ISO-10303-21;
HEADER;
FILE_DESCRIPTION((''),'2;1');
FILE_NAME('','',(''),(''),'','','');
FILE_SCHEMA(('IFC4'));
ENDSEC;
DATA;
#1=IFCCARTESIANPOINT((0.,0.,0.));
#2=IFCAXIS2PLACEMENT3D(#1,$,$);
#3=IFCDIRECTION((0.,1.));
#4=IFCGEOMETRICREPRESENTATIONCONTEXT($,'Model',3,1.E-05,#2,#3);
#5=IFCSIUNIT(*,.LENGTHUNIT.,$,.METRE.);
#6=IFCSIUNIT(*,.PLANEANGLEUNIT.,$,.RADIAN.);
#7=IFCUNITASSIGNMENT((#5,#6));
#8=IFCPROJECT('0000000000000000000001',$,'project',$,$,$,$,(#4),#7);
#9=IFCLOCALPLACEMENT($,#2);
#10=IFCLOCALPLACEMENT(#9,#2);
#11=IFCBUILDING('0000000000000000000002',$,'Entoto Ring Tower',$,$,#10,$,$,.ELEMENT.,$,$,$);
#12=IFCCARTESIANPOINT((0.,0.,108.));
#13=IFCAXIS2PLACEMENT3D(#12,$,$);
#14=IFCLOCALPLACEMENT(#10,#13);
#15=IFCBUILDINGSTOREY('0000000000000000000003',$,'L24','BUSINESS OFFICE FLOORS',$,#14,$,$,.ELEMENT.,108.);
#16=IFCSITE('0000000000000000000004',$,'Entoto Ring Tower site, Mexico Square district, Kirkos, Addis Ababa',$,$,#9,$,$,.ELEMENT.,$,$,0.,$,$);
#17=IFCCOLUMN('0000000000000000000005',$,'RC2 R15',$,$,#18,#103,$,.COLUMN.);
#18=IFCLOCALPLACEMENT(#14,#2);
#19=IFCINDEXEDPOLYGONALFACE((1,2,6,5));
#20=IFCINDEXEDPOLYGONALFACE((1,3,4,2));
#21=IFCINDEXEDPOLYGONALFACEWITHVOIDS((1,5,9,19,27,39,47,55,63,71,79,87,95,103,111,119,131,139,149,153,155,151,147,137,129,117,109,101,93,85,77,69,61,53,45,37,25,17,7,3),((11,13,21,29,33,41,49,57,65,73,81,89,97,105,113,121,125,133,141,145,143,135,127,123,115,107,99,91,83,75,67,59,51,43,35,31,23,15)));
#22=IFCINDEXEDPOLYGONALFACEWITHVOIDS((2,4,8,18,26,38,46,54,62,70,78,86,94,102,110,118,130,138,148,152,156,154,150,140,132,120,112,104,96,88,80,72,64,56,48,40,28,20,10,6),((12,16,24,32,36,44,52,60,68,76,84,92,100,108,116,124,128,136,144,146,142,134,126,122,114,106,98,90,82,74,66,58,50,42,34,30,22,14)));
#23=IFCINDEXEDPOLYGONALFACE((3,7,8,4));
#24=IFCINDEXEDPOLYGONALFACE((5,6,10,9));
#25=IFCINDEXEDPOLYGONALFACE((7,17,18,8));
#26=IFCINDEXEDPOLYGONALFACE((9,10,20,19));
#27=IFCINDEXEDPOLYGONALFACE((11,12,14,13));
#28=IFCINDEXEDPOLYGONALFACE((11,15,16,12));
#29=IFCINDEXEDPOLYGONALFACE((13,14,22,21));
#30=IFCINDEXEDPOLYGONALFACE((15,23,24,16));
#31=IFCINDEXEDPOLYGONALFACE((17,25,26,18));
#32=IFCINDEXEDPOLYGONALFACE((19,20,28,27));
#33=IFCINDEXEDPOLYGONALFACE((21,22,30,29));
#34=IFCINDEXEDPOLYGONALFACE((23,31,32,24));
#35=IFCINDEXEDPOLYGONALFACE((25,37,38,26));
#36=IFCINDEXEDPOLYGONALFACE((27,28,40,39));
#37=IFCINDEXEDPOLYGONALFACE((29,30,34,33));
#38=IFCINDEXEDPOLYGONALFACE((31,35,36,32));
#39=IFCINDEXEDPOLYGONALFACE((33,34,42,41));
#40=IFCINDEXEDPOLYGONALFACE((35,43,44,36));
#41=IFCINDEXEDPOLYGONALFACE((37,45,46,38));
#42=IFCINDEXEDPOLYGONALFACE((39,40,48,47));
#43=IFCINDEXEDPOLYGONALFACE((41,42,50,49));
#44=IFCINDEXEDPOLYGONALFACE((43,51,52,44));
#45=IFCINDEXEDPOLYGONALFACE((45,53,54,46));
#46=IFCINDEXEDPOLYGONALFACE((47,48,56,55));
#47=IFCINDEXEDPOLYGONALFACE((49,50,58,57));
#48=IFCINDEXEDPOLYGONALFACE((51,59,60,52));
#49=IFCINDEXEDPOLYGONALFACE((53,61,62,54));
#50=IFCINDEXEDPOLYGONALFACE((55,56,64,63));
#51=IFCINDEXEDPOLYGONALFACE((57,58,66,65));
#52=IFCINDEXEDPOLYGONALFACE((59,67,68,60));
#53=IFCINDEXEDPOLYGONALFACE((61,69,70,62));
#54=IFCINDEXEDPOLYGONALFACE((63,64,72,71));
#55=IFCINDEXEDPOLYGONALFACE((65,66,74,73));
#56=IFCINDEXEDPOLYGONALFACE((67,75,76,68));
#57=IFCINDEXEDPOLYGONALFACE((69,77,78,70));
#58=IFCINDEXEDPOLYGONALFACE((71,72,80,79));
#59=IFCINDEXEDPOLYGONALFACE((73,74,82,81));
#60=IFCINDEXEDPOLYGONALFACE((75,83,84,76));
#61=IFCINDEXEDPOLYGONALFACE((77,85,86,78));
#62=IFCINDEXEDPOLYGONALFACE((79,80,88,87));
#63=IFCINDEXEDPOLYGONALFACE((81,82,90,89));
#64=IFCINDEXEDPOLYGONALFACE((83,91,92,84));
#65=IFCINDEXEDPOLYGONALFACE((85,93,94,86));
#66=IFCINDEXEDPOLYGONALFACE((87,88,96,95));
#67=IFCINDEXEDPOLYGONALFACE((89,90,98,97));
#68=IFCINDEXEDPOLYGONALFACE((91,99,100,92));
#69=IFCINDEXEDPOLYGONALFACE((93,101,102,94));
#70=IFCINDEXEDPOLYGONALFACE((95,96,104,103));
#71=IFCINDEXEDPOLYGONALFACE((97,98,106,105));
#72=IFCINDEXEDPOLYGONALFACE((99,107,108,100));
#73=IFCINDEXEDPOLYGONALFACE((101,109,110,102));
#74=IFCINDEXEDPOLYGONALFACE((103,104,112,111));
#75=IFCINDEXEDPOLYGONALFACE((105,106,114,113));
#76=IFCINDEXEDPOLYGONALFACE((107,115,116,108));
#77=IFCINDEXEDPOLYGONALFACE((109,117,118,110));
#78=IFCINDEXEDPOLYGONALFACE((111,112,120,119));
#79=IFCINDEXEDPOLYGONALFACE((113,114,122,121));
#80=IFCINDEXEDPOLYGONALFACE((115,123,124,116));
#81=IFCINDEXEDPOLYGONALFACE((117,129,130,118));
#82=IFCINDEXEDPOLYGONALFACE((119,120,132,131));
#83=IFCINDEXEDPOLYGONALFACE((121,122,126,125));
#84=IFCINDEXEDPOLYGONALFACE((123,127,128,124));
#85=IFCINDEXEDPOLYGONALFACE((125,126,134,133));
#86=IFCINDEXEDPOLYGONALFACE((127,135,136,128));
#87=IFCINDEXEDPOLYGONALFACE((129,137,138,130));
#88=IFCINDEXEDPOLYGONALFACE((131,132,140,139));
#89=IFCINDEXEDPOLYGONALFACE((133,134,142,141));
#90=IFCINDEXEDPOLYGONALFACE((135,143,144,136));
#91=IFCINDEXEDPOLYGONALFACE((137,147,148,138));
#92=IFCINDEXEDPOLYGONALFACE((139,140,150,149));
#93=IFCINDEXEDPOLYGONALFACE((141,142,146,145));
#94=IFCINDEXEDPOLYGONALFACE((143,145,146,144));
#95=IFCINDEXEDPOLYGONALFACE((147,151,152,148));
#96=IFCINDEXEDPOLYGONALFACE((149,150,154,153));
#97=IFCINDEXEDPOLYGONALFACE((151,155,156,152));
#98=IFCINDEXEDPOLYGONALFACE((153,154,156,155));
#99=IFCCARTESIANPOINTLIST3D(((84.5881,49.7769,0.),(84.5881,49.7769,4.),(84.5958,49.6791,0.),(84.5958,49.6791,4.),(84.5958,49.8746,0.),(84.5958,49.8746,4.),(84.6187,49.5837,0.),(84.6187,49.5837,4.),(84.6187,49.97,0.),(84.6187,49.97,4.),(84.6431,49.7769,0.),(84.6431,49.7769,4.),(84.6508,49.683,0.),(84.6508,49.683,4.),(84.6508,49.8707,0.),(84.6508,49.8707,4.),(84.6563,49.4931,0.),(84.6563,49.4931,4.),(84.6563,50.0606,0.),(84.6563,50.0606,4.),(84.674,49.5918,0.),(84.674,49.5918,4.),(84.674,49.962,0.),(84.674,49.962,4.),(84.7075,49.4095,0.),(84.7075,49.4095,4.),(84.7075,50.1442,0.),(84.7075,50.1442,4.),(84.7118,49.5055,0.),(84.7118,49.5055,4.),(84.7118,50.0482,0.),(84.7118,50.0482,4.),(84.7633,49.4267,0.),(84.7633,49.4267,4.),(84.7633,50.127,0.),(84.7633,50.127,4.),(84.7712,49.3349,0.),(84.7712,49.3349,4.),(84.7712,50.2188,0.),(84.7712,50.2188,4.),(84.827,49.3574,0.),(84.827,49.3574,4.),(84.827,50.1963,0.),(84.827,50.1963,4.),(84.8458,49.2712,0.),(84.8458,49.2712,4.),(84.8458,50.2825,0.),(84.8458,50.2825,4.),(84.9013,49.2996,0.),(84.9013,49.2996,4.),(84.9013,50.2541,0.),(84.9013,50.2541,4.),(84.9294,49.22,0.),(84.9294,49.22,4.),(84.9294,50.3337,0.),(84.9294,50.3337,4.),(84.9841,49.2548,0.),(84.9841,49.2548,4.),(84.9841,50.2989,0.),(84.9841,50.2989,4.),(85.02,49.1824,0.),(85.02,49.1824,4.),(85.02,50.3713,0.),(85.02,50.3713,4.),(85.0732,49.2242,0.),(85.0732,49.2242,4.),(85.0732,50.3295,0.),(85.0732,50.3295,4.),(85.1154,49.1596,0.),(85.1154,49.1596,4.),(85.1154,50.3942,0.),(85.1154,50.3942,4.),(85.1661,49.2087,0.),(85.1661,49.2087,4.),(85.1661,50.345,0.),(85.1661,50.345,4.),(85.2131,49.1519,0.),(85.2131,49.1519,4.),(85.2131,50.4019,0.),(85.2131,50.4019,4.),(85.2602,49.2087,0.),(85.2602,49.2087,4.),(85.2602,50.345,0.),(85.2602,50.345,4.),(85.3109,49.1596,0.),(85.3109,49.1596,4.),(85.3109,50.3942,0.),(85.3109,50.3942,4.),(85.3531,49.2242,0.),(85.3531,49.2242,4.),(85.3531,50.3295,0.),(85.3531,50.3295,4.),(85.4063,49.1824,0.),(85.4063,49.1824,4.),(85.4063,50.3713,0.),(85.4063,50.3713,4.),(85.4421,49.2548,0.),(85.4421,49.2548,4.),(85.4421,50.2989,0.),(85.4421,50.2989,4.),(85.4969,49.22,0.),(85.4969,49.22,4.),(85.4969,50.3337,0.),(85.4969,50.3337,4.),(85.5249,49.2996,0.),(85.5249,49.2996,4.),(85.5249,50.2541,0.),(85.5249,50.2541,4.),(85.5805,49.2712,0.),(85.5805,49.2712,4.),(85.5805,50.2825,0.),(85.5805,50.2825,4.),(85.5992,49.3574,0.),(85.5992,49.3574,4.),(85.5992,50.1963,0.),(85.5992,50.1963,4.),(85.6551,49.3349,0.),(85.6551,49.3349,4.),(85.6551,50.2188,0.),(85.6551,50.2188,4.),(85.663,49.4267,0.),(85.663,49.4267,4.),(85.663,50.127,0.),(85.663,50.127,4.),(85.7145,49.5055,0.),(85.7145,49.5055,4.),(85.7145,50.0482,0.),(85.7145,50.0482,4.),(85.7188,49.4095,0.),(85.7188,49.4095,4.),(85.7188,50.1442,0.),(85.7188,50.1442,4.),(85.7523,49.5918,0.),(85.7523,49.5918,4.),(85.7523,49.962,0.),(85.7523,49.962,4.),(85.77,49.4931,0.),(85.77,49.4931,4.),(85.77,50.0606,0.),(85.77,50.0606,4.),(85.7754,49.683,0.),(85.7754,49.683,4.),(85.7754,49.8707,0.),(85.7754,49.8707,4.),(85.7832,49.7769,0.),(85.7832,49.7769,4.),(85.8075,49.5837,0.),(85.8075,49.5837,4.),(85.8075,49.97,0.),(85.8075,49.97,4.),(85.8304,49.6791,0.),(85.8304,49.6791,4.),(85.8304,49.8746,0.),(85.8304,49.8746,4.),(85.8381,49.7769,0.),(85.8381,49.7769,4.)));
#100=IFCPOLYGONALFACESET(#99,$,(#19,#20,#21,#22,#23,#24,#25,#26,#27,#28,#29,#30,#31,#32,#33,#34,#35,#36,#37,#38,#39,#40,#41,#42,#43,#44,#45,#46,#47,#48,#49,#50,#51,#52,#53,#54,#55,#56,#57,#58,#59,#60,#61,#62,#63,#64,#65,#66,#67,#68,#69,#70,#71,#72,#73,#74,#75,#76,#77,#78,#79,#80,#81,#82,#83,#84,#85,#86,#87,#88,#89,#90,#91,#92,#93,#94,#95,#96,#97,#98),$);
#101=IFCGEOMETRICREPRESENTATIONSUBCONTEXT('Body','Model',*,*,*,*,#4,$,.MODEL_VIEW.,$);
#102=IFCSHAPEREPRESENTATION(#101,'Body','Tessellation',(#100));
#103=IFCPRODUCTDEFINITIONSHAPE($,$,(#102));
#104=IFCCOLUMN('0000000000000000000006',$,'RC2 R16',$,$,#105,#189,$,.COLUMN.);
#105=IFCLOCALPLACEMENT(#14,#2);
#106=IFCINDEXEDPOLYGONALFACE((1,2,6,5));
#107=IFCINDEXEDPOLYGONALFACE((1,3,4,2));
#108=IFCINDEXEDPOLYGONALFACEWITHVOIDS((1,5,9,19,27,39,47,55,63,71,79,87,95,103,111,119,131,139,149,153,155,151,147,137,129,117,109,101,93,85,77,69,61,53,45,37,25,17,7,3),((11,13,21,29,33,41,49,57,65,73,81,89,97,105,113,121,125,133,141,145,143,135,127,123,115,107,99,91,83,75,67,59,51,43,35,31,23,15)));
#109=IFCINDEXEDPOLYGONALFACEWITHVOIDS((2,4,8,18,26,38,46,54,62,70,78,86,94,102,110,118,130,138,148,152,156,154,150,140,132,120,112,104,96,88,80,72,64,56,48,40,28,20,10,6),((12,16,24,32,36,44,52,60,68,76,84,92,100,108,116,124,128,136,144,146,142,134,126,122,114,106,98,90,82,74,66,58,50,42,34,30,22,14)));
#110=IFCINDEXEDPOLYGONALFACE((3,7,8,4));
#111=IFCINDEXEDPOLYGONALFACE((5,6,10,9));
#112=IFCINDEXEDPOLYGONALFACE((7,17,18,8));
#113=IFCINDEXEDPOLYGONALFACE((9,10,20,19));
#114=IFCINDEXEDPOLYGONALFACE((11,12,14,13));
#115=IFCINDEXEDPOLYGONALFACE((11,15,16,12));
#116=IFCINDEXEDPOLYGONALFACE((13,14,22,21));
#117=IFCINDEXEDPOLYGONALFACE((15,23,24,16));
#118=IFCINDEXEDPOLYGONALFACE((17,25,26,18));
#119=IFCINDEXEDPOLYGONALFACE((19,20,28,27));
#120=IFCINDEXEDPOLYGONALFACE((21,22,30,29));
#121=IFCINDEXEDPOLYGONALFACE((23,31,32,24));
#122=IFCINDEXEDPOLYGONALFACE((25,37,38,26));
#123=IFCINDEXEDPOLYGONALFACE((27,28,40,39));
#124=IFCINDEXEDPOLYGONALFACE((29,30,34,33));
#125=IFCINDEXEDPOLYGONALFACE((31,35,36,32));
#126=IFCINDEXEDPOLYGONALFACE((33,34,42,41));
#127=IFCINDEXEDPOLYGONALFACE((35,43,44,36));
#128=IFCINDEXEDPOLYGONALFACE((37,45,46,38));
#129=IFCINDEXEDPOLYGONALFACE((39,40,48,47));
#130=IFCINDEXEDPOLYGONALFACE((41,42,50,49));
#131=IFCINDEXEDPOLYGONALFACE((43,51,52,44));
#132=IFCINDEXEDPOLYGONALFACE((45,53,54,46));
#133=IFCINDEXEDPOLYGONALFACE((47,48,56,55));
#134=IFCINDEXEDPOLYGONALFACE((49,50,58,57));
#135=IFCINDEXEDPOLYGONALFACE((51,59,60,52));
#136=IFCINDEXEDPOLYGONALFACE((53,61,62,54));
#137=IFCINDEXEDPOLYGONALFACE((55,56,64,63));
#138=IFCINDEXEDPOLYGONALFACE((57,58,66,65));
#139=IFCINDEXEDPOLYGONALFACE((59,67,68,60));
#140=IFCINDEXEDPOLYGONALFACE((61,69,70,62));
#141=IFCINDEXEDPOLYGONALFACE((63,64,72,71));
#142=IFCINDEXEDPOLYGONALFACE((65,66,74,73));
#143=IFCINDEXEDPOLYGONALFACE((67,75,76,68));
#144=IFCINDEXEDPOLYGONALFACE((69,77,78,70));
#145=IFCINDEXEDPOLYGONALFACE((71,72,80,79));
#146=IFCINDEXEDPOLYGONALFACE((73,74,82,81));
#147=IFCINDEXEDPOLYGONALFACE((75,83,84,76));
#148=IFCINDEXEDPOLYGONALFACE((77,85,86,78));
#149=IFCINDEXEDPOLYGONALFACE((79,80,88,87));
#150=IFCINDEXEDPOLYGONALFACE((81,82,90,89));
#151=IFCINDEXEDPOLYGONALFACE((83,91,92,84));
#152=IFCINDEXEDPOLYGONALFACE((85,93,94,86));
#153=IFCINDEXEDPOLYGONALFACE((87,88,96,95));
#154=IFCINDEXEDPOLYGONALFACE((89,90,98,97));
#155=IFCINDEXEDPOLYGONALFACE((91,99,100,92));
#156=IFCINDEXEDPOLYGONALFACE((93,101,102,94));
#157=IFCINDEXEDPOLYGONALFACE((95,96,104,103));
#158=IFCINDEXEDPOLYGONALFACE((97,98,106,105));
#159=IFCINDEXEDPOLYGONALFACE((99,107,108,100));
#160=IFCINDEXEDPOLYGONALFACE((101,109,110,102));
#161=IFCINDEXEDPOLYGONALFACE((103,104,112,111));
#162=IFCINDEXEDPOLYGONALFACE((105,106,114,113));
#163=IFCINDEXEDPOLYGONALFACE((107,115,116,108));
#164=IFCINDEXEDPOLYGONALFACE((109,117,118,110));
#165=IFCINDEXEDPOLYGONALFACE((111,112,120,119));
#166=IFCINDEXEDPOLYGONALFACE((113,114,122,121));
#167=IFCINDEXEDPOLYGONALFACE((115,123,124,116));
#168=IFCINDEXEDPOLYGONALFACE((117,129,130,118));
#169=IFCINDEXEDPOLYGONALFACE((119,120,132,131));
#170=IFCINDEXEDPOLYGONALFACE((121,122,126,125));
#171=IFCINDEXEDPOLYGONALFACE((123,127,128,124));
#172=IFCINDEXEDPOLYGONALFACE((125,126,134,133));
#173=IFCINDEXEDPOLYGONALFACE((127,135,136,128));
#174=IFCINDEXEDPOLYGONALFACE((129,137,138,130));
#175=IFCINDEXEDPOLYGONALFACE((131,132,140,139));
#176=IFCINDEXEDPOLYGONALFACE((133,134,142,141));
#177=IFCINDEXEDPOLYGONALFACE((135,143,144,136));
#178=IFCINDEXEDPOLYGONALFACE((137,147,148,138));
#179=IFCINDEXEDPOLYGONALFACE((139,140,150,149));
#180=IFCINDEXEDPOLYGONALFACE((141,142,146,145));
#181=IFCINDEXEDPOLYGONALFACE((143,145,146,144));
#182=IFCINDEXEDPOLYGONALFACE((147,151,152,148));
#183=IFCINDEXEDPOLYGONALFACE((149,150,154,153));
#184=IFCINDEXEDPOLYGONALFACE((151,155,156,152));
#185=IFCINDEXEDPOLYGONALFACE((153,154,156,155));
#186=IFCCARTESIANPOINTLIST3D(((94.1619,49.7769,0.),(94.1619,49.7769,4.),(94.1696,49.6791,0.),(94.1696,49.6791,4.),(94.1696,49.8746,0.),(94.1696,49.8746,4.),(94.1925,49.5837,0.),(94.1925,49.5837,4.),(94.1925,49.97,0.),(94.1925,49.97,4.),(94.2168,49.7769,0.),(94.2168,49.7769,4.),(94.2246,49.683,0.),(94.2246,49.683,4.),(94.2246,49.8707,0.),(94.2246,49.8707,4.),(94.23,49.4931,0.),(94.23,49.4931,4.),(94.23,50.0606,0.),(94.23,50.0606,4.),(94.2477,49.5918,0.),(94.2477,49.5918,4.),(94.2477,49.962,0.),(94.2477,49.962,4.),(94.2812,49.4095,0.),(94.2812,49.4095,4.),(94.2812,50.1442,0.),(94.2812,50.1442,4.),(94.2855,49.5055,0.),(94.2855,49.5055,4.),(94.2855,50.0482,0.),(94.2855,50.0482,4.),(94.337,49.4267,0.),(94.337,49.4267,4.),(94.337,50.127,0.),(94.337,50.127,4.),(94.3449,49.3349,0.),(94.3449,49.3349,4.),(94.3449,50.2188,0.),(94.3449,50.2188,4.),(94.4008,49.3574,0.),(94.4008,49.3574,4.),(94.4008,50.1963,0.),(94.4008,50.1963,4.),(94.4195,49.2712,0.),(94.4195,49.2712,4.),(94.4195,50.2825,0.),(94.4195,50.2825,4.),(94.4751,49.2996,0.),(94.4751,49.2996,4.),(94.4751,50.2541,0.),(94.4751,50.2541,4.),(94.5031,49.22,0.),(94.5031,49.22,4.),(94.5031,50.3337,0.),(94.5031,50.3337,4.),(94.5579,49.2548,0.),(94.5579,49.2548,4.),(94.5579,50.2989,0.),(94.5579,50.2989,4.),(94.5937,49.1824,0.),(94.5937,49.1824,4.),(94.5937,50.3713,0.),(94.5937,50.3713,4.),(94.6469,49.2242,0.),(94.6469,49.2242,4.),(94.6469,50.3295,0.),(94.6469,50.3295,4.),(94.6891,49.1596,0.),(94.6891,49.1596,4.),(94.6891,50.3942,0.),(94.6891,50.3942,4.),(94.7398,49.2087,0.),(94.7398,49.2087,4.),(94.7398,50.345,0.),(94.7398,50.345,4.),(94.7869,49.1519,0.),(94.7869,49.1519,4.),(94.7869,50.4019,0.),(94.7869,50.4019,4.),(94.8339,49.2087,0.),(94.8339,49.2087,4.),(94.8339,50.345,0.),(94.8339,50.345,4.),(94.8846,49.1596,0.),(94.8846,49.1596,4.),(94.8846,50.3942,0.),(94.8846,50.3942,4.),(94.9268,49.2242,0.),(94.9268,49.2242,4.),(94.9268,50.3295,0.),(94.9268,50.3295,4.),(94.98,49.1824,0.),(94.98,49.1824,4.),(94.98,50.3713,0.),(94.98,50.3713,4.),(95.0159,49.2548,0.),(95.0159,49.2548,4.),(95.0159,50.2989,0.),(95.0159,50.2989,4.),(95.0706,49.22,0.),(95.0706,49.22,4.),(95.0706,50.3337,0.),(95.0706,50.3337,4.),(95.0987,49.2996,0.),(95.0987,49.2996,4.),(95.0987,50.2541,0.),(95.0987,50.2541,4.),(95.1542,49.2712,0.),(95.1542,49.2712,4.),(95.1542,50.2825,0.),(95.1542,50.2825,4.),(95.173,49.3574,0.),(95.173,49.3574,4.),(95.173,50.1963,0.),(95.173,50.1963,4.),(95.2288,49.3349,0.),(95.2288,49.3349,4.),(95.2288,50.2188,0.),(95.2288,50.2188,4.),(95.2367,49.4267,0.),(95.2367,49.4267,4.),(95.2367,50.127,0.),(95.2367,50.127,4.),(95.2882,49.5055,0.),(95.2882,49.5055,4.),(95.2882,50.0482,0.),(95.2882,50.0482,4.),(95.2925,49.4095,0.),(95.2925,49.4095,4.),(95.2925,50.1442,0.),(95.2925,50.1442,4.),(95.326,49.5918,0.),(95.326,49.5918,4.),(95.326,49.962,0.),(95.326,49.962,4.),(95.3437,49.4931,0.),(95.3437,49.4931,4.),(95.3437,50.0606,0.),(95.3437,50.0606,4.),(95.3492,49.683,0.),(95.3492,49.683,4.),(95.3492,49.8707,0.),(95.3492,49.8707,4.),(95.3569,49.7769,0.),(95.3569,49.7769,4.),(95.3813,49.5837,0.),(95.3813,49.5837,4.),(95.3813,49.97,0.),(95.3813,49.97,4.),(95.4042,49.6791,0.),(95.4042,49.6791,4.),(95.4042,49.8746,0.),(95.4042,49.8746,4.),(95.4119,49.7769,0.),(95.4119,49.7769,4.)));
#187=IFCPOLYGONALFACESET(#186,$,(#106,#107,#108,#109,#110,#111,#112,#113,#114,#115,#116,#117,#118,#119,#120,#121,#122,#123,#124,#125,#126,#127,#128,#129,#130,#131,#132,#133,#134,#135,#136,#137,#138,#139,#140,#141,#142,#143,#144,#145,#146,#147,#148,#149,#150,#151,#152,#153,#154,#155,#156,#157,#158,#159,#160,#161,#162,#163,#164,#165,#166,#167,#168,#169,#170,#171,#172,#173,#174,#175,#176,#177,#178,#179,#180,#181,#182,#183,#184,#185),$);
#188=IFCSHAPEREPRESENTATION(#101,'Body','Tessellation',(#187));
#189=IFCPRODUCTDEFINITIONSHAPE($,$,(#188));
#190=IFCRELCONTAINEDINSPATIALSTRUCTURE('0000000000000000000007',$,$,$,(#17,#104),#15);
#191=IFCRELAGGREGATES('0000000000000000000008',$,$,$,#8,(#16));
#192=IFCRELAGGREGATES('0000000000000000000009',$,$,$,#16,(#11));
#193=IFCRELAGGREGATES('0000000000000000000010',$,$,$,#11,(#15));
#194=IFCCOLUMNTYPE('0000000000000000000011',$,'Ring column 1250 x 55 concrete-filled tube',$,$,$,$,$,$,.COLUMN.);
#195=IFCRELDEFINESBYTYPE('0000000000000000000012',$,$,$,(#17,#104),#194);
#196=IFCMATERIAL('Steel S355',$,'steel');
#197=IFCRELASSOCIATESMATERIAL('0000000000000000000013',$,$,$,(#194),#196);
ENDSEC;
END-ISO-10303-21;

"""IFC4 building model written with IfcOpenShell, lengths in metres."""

from ifc_helpers import new_model, si_unit, direction, frame, origin, origin_2d, place, context, subcontext, project, spatial, circle, hollow_circle, extrude, material, material_profile, profile_set, type_object, element, save


model = new_model("IFC4")

# Units and contexts
model_context = context("Model", 3, precision=1e-05, world=origin(), true_north=direction((0.0, 1.0)))
body_context = subcontext(model_context, "Body", "Model", "MODEL_VIEW")
ifc_project = project(units=[si_unit("LENGTHUNIT", "METRE"), si_unit("PLANEANGLEUNIT", "RADIAN")], contexts=[model_context])

# Site, building, storey
site_placement = place(None, origin())
site = spatial("IfcSite", under=ifc_project, at=site_placement, Name="Entoto Ring Tower site, Mexico Square district, Kirkos, Addis Ababa", CompositionType="ELEMENT", RefElevation=0.0)
building_placement = place(site_placement, origin())
building = spatial("IfcBuilding", under=site, at=building_placement, Name="Entoto Ring Tower", CompositionType="ELEMENT")
storey_placement = place(building_placement, frame((0.0, 0.0, 108.0)))
storey = spatial("IfcBuildingStorey", under=building, at=storey_placement, Name="L24", Description="BUSINESS OFFICE FLOORS", CompositionType="ELEMENT", Elevation=108.0)

# Columns
ifc_material_1 = material(Name="Steel S355", Category="steel")
ifc_material_profile_1 = material_profile(ifc_material_1, hollow_circle(Radius=0.625, WallThickness=0.0549, at=origin_2d()), Name="CHS 1250 x 55")
ifc_material_2 = material(Name="Concrete C60/75", Category="concrete")
ifc_material_profile_2 = material_profile(ifc_material_2, circle(Radius=0.5701, at=origin_2d()), Name="Concrete C60/75 infill")
ifc_profile_set_1 = profile_set([ifc_material_profile_1, ifc_material_profile_2], Name="Steel S355")
column_type = type_object("IfcColumnType", Name="Ring column 1250 x 55 concrete-filled tube", PredefinedType="COLUMN", material=ifc_profile_set_1)
for number, where, z_axis, x_axis, name in (
    (1, (85.2131, 49.7769, 0.0), (0.0, 0.0, 1.0), (1.0, 0.0, 0.0), "RC2 R15"),
    (2, (94.7869, 49.7769, 0.0), (0.0, 0.0, 1.0), (1.0, 0.0, 0.0), "RC2 R16"),
):
    element("IfcColumn", number, at=place(storey_placement, frame(where, z_axis=z_axis, x_axis=x_axis)), inside=storey, type_object=column_type, Name=name, PredefinedType="COLUMN", context=body_context, shape_type="SweptSolid", body=[
        extrude(hollow_circle(Radius=0.625, WallThickness=0.0549, at=origin_2d()), origin(), (0.0, 0.0, 1.0), 4.0),
    ])

save(model, "model.ifc")
